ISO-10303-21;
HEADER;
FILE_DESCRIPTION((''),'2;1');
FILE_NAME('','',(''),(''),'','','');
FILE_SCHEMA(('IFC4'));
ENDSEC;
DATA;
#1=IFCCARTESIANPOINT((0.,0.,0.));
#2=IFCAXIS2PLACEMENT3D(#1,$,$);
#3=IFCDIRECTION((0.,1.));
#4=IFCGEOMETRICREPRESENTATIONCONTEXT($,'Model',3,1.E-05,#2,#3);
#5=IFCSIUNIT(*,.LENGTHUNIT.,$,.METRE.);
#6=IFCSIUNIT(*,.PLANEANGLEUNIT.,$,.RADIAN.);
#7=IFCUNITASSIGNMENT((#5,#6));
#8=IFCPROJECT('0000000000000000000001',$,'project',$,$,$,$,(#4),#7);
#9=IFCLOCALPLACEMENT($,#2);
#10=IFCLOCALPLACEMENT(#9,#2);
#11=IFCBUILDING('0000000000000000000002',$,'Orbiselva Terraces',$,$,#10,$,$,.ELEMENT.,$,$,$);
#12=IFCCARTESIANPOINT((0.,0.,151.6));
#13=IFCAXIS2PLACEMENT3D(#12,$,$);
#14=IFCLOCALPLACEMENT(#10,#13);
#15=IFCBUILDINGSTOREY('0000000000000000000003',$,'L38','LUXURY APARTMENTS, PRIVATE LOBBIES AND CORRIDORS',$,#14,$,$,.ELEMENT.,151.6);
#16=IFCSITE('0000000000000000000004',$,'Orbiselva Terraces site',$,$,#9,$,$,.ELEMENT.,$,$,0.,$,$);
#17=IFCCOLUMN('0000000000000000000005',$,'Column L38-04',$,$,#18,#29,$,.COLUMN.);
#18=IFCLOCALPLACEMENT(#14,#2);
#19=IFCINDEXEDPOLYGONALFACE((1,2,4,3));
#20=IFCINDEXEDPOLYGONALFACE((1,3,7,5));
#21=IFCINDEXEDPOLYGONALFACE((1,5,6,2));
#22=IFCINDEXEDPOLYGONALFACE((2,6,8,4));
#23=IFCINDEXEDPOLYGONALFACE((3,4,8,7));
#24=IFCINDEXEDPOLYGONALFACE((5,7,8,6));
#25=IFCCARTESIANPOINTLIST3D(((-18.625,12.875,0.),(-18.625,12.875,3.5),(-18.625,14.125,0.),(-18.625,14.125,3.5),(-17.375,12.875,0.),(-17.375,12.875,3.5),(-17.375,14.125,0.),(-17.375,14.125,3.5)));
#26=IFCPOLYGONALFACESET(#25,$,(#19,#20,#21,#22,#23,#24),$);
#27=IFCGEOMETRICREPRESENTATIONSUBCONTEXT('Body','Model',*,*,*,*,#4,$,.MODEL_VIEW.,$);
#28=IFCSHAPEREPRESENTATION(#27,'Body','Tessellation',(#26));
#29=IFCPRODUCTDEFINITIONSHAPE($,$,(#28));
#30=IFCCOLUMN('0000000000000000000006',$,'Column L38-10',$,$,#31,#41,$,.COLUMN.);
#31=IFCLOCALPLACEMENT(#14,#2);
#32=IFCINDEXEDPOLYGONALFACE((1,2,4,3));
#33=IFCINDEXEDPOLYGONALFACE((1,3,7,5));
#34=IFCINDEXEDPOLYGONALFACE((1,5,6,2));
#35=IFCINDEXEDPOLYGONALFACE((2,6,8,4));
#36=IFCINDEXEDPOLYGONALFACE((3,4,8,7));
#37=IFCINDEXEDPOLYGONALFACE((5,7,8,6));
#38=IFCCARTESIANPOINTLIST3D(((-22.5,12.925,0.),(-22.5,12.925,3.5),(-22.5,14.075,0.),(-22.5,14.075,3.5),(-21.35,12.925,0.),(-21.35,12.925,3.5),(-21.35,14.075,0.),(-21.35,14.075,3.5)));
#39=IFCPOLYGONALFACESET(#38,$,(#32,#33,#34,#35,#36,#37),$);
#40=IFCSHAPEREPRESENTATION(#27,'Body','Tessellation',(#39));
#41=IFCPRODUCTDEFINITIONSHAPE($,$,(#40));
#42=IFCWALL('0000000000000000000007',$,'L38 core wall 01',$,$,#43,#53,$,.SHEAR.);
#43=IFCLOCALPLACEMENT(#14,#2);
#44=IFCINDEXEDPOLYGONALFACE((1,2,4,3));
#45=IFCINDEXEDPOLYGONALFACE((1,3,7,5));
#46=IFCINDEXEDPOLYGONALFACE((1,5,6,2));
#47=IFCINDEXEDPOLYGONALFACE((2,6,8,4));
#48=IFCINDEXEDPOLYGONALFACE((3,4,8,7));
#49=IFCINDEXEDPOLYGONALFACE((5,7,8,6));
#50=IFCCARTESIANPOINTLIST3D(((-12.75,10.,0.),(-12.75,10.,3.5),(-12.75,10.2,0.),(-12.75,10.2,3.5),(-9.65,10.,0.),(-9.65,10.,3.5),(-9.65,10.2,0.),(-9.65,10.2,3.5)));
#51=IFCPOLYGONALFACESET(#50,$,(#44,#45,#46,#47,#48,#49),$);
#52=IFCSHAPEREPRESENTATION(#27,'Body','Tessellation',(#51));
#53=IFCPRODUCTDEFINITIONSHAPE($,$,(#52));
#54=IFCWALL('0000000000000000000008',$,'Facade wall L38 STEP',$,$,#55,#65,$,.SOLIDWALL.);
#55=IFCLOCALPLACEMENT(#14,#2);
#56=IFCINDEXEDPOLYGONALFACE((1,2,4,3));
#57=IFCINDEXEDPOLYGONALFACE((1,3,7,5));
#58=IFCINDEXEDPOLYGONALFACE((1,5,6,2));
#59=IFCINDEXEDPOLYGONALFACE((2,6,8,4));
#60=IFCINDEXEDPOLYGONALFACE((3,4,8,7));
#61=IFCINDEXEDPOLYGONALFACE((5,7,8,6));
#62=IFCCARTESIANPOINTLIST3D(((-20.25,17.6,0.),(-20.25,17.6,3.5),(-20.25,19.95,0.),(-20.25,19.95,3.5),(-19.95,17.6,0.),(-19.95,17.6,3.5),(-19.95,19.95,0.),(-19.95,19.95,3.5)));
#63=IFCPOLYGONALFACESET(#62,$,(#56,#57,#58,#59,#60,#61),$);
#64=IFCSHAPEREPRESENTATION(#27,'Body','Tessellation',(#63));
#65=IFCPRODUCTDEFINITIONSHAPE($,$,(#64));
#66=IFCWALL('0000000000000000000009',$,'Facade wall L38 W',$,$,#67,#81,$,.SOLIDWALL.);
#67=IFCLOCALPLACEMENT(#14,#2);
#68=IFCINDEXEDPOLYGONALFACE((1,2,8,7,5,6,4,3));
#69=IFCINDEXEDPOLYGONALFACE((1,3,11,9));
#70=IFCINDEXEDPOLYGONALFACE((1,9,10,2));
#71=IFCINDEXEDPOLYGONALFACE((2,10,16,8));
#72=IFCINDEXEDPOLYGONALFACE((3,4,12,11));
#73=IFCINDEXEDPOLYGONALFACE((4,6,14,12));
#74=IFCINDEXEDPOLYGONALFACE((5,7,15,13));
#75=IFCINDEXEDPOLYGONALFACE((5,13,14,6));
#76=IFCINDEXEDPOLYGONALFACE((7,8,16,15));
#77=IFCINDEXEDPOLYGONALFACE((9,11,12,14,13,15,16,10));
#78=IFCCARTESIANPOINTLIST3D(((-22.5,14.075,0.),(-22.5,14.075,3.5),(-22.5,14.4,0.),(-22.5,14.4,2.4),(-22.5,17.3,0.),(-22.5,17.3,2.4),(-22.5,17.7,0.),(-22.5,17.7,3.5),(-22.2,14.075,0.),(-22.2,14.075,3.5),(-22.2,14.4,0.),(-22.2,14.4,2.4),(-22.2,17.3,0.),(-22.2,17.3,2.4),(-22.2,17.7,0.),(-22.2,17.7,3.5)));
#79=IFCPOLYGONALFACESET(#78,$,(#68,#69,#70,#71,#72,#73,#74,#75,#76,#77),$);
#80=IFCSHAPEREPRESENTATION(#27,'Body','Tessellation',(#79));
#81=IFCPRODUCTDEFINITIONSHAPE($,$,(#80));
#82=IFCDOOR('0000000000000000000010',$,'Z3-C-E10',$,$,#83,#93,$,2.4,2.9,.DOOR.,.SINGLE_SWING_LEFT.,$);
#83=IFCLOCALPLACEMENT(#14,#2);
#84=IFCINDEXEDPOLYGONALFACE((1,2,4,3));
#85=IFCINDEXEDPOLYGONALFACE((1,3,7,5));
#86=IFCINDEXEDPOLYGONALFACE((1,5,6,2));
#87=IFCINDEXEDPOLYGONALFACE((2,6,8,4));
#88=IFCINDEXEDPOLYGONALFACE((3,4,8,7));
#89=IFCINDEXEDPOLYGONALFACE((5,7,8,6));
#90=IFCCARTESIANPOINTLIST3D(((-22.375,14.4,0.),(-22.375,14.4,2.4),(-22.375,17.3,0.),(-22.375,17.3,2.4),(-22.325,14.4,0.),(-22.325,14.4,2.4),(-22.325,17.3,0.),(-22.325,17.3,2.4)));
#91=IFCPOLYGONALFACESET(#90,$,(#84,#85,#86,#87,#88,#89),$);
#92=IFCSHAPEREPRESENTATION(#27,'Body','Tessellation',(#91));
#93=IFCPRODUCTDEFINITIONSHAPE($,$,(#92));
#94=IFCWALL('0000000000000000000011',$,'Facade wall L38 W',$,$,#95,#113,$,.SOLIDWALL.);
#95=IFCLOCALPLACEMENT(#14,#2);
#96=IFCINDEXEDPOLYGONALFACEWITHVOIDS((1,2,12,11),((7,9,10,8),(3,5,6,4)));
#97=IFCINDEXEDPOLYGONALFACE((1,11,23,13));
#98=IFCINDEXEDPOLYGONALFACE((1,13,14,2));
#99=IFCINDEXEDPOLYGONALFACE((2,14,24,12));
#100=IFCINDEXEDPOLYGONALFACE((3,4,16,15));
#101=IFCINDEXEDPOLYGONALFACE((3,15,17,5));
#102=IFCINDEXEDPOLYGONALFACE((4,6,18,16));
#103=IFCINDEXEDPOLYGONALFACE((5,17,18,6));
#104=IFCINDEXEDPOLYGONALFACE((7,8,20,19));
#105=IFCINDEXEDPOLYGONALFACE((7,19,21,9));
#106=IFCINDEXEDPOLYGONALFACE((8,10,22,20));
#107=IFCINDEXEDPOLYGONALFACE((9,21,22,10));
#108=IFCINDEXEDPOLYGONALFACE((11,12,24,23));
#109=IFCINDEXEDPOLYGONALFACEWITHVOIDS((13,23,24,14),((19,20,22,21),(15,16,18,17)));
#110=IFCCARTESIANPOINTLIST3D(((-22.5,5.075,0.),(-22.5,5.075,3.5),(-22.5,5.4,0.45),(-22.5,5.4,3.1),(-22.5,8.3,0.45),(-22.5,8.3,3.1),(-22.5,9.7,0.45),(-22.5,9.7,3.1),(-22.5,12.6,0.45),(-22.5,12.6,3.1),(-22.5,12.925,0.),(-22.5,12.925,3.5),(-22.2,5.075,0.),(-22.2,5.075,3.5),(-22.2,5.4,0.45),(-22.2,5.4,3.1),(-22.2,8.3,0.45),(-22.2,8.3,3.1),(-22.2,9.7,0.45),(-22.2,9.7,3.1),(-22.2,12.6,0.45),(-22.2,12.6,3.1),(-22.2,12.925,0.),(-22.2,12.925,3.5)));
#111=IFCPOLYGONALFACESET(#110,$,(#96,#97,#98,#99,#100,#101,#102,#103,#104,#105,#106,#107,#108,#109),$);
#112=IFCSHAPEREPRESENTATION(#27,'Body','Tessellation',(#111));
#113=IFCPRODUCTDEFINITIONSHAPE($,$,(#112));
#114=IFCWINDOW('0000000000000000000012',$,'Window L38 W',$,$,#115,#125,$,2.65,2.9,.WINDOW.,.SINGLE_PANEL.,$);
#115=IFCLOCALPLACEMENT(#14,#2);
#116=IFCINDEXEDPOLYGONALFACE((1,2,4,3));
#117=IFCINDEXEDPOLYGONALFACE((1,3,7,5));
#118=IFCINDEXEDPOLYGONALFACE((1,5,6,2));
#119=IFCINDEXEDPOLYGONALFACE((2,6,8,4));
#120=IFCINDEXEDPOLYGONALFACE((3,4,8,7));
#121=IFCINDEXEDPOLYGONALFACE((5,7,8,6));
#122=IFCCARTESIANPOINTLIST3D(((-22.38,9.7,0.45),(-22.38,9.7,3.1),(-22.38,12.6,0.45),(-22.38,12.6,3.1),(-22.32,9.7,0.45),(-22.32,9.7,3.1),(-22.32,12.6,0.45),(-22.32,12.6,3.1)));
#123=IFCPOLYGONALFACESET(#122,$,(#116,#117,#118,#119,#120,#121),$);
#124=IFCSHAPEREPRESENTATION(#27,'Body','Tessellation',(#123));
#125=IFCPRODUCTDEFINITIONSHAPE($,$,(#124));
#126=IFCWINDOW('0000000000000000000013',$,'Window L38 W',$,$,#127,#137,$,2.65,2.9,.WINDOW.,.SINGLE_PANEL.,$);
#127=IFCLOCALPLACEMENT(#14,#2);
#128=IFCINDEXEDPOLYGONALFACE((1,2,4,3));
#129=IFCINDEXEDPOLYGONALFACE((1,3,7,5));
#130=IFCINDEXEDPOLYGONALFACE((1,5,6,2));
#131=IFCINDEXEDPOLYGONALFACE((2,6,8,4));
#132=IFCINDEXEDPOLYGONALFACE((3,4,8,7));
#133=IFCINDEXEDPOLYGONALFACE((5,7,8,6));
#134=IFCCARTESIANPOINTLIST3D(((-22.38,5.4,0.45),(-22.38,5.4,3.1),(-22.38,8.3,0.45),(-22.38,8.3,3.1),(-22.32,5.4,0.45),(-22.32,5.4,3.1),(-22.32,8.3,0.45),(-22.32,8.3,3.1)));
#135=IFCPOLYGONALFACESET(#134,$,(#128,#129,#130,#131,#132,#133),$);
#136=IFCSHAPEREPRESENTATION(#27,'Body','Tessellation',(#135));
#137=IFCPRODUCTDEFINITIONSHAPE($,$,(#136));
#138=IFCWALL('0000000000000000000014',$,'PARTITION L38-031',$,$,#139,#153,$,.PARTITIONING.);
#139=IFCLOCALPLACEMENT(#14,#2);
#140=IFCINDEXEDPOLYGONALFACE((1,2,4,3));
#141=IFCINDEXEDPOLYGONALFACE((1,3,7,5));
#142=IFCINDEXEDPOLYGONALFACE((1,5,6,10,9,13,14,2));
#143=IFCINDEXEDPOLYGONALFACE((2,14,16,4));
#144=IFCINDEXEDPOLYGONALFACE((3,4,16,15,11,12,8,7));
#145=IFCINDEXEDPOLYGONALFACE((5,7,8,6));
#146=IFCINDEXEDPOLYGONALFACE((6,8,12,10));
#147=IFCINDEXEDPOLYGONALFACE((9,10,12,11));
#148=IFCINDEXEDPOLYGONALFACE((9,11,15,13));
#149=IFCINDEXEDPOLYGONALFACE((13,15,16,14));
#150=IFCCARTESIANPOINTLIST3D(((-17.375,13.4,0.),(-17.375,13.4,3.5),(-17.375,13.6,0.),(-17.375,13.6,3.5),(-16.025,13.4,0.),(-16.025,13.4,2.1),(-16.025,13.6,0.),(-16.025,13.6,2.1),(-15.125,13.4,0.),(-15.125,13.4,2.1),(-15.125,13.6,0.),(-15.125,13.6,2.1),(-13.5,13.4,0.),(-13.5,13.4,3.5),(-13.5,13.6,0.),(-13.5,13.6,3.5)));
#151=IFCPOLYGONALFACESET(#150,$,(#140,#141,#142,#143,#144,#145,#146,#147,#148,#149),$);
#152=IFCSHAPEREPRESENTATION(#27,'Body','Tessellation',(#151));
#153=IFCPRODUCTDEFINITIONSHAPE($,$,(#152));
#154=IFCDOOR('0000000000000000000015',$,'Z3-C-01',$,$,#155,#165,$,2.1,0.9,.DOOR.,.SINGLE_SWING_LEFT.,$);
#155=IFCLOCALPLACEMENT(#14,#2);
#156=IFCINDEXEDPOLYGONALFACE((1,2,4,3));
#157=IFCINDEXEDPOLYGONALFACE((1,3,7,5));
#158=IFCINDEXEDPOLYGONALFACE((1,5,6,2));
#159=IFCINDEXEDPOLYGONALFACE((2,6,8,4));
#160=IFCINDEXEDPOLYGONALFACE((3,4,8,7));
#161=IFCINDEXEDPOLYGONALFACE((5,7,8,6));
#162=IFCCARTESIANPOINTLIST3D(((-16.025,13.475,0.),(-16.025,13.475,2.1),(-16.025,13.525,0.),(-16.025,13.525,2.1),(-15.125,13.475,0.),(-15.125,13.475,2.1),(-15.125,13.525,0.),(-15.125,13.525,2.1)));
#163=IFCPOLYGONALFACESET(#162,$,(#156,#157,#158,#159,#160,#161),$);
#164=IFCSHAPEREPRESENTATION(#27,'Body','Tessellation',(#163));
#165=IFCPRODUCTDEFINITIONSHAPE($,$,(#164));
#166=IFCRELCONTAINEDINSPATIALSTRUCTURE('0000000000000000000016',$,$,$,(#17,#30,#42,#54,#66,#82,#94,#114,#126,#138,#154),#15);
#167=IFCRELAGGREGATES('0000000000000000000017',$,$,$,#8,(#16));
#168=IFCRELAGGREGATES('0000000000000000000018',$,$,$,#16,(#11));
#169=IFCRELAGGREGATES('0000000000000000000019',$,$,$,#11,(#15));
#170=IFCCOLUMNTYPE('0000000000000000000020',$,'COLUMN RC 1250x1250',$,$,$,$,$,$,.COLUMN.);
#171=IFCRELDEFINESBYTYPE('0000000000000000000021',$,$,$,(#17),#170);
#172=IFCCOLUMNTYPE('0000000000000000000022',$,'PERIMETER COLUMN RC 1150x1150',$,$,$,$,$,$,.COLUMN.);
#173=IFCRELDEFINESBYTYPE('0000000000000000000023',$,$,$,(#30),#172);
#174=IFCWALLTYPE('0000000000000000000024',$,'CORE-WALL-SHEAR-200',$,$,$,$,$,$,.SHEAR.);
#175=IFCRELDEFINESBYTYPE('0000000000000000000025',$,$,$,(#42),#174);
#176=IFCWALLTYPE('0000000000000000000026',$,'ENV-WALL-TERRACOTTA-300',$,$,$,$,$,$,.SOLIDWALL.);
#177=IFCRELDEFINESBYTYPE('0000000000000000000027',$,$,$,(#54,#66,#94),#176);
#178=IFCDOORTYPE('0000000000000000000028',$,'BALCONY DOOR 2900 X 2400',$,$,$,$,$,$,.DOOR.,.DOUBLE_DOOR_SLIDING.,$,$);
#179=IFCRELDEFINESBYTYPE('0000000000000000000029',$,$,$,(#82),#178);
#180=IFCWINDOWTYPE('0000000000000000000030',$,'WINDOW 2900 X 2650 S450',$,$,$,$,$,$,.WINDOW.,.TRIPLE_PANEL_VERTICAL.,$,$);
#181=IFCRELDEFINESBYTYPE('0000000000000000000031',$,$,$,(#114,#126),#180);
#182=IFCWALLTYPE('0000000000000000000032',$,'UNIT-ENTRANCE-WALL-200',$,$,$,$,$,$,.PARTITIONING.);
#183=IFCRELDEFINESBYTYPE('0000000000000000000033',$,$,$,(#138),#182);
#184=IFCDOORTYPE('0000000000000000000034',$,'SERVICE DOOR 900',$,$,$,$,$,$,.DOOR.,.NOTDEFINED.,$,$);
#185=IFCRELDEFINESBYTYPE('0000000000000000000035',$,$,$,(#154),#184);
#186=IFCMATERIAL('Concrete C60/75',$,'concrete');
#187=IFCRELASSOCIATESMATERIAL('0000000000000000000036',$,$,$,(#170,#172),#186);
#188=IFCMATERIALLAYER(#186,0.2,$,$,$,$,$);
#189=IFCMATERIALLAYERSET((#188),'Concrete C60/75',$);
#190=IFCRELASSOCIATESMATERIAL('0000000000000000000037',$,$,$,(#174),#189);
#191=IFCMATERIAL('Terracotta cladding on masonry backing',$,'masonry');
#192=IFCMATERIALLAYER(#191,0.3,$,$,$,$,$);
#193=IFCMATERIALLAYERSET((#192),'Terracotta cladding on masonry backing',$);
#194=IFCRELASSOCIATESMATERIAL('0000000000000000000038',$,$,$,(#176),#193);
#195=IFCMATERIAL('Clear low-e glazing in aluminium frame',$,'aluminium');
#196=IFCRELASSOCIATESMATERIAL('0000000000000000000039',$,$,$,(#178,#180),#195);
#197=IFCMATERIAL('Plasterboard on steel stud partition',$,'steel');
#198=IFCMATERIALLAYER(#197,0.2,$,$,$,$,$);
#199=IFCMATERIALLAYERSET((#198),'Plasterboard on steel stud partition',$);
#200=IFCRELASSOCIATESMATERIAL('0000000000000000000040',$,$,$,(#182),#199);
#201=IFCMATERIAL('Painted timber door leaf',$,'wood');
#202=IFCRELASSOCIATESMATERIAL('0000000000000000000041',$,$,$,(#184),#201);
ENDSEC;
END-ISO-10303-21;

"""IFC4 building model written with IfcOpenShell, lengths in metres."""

from ifc_helpers import new_model, si_unit, direction, frame, frame_2d, origin, origin_2d, place, context, subcontext, project, spatial, rectangle, extrude, material, layer, layer_set, material_profile, profile_set, type_object, element, fill, save


model = new_model("IFC4")

# Units and contexts
model_context = context("Model", 3, precision=1e-05, world=origin(), true_north=direction((0.0, 1.0)))
body_context = subcontext(model_context, "Body", "Model", "MODEL_VIEW")
ifc_project = project(units=[si_unit("LENGTHUNIT", "METRE"), si_unit("PLANEANGLEUNIT", "RADIAN")], contexts=[model_context])

# Site, building, storey
site_placement = place(None, origin())
site = spatial("IfcSite", under=ifc_project, at=site_placement, Name="Orbiselva Terraces site", CompositionType="ELEMENT", RefElevation=0.0)
building_placement = place(site_placement, origin())
building = spatial("IfcBuilding", under=site, at=building_placement, Name="Orbiselva Terraces", CompositionType="ELEMENT")
storey_placement = place(building_placement, frame((0.0, 0.0, 151.6)))
storey = spatial("IfcBuildingStorey", under=building, at=storey_placement, Name="L38", Description="LUXURY APARTMENTS, PRIVATE LOBBIES AND CORRIDORS", CompositionType="ELEMENT", Elevation=151.6)

# Columns
ifc_material_1 = material(Name="Concrete C60/75", Category="concrete")
ifc_material_profile_1 = material_profile(ifc_material_1, rectangle(XDim=1.25, YDim=1.25, at=origin_2d()), Name="RC 1250x1250")
ifc_profile_set_1 = profile_set([ifc_material_profile_1], Name="Concrete C60/75")
column_type_1 = type_object("IfcColumnType", Name="COLUMN RC 1250x1250", PredefinedType="COLUMN", material=ifc_profile_set_1)
column_1_placement = place(storey_placement, frame((-18.0, 13.5, 0.0), z_axis=(0.0, 0.0, 1.0), x_axis=(1.0, 0.0, 0.0)))
element("IfcColumn", 1, at=column_1_placement, inside=storey, type_object=column_type_1, Name="Column L38-04", PredefinedType="COLUMN", context=body_context, shape_type="SweptSolid", body=[
    extrude(rectangle(XDim=1.25, YDim=1.25, at=origin_2d()), origin(), (0.0, 0.0, 1.0), 3.5),
])
ifc_material_profile_2 = material_profile(ifc_material_1, rectangle(XDim=1.15, YDim=1.15, at=origin_2d()), Name="RC 1150x1150")
ifc_profile_set_2 = profile_set([ifc_material_profile_2], Name="Concrete C60/75")
column_type_2 = type_object("IfcColumnType", Name="PERIMETER COLUMN RC 1150x1150", PredefinedType="COLUMN", material=ifc_profile_set_2)
column_2_placement = place(storey_placement, frame((-21.925, 13.5, 0.0), z_axis=(0.0, 0.0, 1.0), x_axis=(1.0, 0.0, 0.0)))
element("IfcColumn", 2, at=column_2_placement, inside=storey, type_object=column_type_2, Name="Column L38-10", PredefinedType="COLUMN", context=body_context, shape_type="SweptSolid", body=[
    extrude(rectangle(XDim=1.15, YDim=1.15, at=origin_2d()), origin(), (0.0, 0.0, 1.0), 3.5),
])

# Walls
ifc_layer_1 = layer(ifc_material_1, 0.2)
ifc_layer_set_1 = layer_set([ifc_layer_1], Name="Concrete C60/75")
wall_type_1 = type_object("IfcWallType", Name="CORE-WALL-SHEAR-200", PredefinedType="SHEAR", material=ifc_layer_set_1)
wall_1_placement = place(storey_placement, frame((-12.75, 10.1, 0.0), z_axis=(0.0, 0.0, 1.0), x_axis=(1.0, 0.0, 0.0)))
element("IfcWall", 3, at=wall_1_placement, inside=storey, type_object=wall_type_1, Name="L38 core wall 01", PredefinedType="SHEAR", context=body_context, shape_type="SweptSolid", body=[
    extrude(rectangle(XDim=3.1, YDim=0.2, at=frame_2d((1.55, 0.0))), origin(), (0.0, 0.0, 1.0), 3.5),
])
ifc_material_2 = material(Name="Terracotta cladding on masonry backing", Category="masonry")
ifc_layer_2 = layer(ifc_material_2, 0.3)
ifc_layer_set_2 = layer_set([ifc_layer_2], Name="Terracotta cladding on masonry backing")
wall_type_2 = type_object("IfcWallType", Name="ENV-WALL-TERRACOTTA-300", PredefinedType="SOLIDWALL", material=ifc_layer_set_2)
wall_2_placement = place(storey_placement, frame((-20.1, 17.6, 0.0), z_axis=(0.0, 0.0, 1.0), x_axis=(0.0, 1.0, 0.0)))
element("IfcWall", 4, at=wall_2_placement, inside=storey, type_object=wall_type_2, Name="Facade wall L38 STEP", PredefinedType="SOLIDWALL", context=body_context, shape_type="SweptSolid", body=[
    extrude(rectangle(XDim=2.35, YDim=0.3, at=frame_2d((1.175, 0.0))), origin(), (0.0, 0.0, 1.0), 3.5),
])

# Wall, opening, door
wall_3_placement = place(storey_placement, frame((-22.35, 14.075, 0.0), z_axis=(0.0, 0.0, 1.0), x_axis=(0.0, 1.0, 0.0)))
wall_3 = element("IfcWall", 5, at=wall_3_placement, inside=storey, type_object=wall_type_2, Name="Facade wall L38 W", PredefinedType="SOLIDWALL", context=body_context, shape_type="SweptSolid", body=[
    extrude(rectangle(XDim=3.625, YDim=0.3, at=frame_2d((1.8125, 0.0))), origin(), (0.0, 0.0, 1.0), 3.5),
])
opening_1_placement = place(wall_3_placement, frame((0.325, 0.0, 0.0)))
opening_1 = element("IfcOpeningElement", 6, at=opening_1_placement, cuts=wall_3, PredefinedType="OPENING", context=body_context, shape_type="SweptSolid", body=[
    extrude(rectangle(XDim=2.9, YDim=2.4, at=frame_2d((1.45, 1.2))), frame((0.0, 0.16, 0.0), z_axis=(0.0, -1.0, 0.0), x_axis=(1.0, 0.0, 0.0)), (0.0, 0.0, 1.0), 0.32),
])
ifc_material_3 = material(Name="Clear low-e glazing in aluminium frame", Category="aluminium")
door_type_1 = type_object("IfcDoorType", Name="BALCONY DOOR 2900 X 2400", OperationType="DOUBLE_DOOR_SLIDING", PredefinedType="DOOR", material=ifc_material_3)
door_1_placement = place(opening_1_placement, origin())
door_1 = element("IfcDoor", 7, at=door_1_placement, inside=storey, type_object=door_type_1, Name="Z3-C-E10", OperationType="SINGLE_SWING_LEFT", OverallHeight=2.4, OverallWidth=2.9, PredefinedType="DOOR", context=body_context, shape_type="SweptSolid", body=[
    extrude(rectangle(XDim=2.9, YDim=2.4, at=frame_2d((1.45, 1.2))), frame((0.0, 0.025, 0.0), z_axis=(0.0, -1.0, 0.0), x_axis=(1.0, 0.0, 0.0)), (0.0, 0.0, 1.0), 0.05),
])
fill(opening_1, door_1)

# Wall, openings, windows
wall_4_placement = place(storey_placement, frame((-22.35, 5.075, 0.0), z_axis=(0.0, 0.0, 1.0), x_axis=(0.0, 1.0, 0.0)))
wall_4 = element("IfcWall", 8, at=wall_4_placement, inside=storey, type_object=wall_type_2, Name="Facade wall L38 W", PredefinedType="SOLIDWALL", context=body_context, shape_type="SweptSolid", body=[
    extrude(rectangle(XDim=7.85, YDim=0.3, at=frame_2d((3.925, 0.0))), origin(), (0.0, 0.0, 1.0), 3.5),
])
opening_2_placement = place(wall_4_placement, frame((4.625, 0.0, 0.45)))
opening_2 = element("IfcOpeningElement", 9, at=opening_2_placement, cuts=wall_4, PredefinedType="OPENING", context=body_context, shape_type="SweptSolid", body=[
    extrude(rectangle(XDim=2.9, YDim=2.65, at=frame_2d((1.45, 1.325))), frame((0.0, 0.16, 0.0), z_axis=(0.0, -1.0, 0.0), x_axis=(1.0, 0.0, 0.0)), (0.0, 0.0, 1.0), 0.32),
])
opening_3_placement = place(wall_4_placement, frame((0.325, 0.0, 0.45)))
opening_3 = element("IfcOpeningElement", 10, at=opening_3_placement, cuts=wall_4, PredefinedType="OPENING", context=body_context, shape_type="SweptSolid", body=[
    extrude(rectangle(XDim=2.9, YDim=2.65, at=frame_2d((1.45, 1.325))), frame((0.0, 0.16, 0.0), z_axis=(0.0, -1.0, 0.0), x_axis=(1.0, 0.0, 0.0)), (0.0, 0.0, 1.0), 0.32),
])
window_type = type_object("IfcWindowType", Name="WINDOW 2900 X 2650 S450", PartitioningType="TRIPLE_PANEL_VERTICAL", PredefinedType="WINDOW", material=ifc_material_3)
window_1_placement = place(opening_2_placement, origin())
window_1 = element("IfcWindow", 11, at=window_1_placement, inside=storey, type_object=window_type, Name="Window L38 W", OverallHeight=2.65, OverallWidth=2.9, PartitioningType="SINGLE_PANEL", PredefinedType="WINDOW", context=body_context, shape_type="SweptSolid", body=[
    extrude(rectangle(XDim=2.9, YDim=2.65, at=frame_2d((1.45, 1.325))), frame((0.0, 0.03, 0.0), z_axis=(0.0, -1.0, 0.0), x_axis=(1.0, 0.0, 0.0)), (0.0, 0.0, 1.0), 0.06),
])
fill(opening_2, window_1)
window_2_placement = place(opening_3_placement, origin())
window_2 = element("IfcWindow", 12, at=window_2_placement, inside=storey, type_object=window_type, Name="Window L38 W", OverallHeight=2.65, OverallWidth=2.9, PartitioningType="SINGLE_PANEL", PredefinedType="WINDOW", context=body_context, shape_type="SweptSolid", body=[
    extrude(rectangle(XDim=2.9, YDim=2.65, at=frame_2d((1.45, 1.325))), frame((0.0, 0.03, 0.0), z_axis=(0.0, -1.0, 0.0), x_axis=(1.0, 0.0, 0.0)), (0.0, 0.0, 1.0), 0.06),
])
fill(opening_3, window_2)

# Wall, opening, door
ifc_material_4 = material(Name="Plasterboard on steel stud partition", Category="steel")
ifc_layer_3 = layer(ifc_material_4, 0.2)
ifc_layer_set_3 = layer_set([ifc_layer_3], Name="Plasterboard on steel stud partition")
wall_type_3 = type_object("IfcWallType", Name="UNIT-ENTRANCE-WALL-200", PredefinedType="PARTITIONING", material=ifc_layer_set_3)
wall_5_placement = place(storey_placement, frame((-17.375, 13.5, 0.0), z_axis=(0.0, 0.0, 1.0), x_axis=(1.0, 0.0, 0.0)))
wall_5 = element("IfcWall", 13, at=wall_5_placement, inside=storey, type_object=wall_type_3, Name="PARTITION L38-031", PredefinedType="PARTITIONING", context=body_context, shape_type="SweptSolid", body=[
    extrude(rectangle(XDim=3.875, YDim=0.2, at=frame_2d((1.9375, 0.0))), origin(), (0.0, 0.0, 1.0), 3.5),
])
opening_4_placement = place(wall_5_placement, frame((1.35, 0.0, 0.0)))
opening_4 = element("IfcOpeningElement", 14, at=opening_4_placement, cuts=wall_5, PredefinedType="OPENING", context=body_context, shape_type="SweptSolid", body=[
    extrude(rectangle(XDim=0.9, YDim=2.1, at=frame_2d((0.45, 1.05))), frame((0.0, 0.11, 0.0), z_axis=(0.0, -1.0, 0.0), x_axis=(1.0, 0.0, 0.0)), (0.0, 0.0, 1.0), 0.22),
])
ifc_material_5 = material(Name="Painted timber door leaf", Category="wood")
door_type_2 = type_object("IfcDoorType", Name="SERVICE DOOR 900", OperationType="NOTDEFINED", PredefinedType="DOOR", material=ifc_material_5)
door_2_placement = place(opening_4_placement, origin())
door_2 = element("IfcDoor", 15, at=door_2_placement, inside=storey, type_object=door_type_2, Name="Z3-C-01", OperationType="SINGLE_SWING_LEFT", OverallHeight=2.1, OverallWidth=0.9, PredefinedType="DOOR", context=body_context, shape_type="SweptSolid", body=[
    extrude(rectangle(XDim=0.9, YDim=2.1, at=frame_2d((0.45, 1.05))), frame((0.0, 0.025, 0.0), z_axis=(0.0, -1.0, 0.0), x_axis=(1.0, 0.0, 0.0)), (0.0, 0.0, 1.0), 0.05),
])
fill(opening_4, door_2)

save(model, "model.ifc")
